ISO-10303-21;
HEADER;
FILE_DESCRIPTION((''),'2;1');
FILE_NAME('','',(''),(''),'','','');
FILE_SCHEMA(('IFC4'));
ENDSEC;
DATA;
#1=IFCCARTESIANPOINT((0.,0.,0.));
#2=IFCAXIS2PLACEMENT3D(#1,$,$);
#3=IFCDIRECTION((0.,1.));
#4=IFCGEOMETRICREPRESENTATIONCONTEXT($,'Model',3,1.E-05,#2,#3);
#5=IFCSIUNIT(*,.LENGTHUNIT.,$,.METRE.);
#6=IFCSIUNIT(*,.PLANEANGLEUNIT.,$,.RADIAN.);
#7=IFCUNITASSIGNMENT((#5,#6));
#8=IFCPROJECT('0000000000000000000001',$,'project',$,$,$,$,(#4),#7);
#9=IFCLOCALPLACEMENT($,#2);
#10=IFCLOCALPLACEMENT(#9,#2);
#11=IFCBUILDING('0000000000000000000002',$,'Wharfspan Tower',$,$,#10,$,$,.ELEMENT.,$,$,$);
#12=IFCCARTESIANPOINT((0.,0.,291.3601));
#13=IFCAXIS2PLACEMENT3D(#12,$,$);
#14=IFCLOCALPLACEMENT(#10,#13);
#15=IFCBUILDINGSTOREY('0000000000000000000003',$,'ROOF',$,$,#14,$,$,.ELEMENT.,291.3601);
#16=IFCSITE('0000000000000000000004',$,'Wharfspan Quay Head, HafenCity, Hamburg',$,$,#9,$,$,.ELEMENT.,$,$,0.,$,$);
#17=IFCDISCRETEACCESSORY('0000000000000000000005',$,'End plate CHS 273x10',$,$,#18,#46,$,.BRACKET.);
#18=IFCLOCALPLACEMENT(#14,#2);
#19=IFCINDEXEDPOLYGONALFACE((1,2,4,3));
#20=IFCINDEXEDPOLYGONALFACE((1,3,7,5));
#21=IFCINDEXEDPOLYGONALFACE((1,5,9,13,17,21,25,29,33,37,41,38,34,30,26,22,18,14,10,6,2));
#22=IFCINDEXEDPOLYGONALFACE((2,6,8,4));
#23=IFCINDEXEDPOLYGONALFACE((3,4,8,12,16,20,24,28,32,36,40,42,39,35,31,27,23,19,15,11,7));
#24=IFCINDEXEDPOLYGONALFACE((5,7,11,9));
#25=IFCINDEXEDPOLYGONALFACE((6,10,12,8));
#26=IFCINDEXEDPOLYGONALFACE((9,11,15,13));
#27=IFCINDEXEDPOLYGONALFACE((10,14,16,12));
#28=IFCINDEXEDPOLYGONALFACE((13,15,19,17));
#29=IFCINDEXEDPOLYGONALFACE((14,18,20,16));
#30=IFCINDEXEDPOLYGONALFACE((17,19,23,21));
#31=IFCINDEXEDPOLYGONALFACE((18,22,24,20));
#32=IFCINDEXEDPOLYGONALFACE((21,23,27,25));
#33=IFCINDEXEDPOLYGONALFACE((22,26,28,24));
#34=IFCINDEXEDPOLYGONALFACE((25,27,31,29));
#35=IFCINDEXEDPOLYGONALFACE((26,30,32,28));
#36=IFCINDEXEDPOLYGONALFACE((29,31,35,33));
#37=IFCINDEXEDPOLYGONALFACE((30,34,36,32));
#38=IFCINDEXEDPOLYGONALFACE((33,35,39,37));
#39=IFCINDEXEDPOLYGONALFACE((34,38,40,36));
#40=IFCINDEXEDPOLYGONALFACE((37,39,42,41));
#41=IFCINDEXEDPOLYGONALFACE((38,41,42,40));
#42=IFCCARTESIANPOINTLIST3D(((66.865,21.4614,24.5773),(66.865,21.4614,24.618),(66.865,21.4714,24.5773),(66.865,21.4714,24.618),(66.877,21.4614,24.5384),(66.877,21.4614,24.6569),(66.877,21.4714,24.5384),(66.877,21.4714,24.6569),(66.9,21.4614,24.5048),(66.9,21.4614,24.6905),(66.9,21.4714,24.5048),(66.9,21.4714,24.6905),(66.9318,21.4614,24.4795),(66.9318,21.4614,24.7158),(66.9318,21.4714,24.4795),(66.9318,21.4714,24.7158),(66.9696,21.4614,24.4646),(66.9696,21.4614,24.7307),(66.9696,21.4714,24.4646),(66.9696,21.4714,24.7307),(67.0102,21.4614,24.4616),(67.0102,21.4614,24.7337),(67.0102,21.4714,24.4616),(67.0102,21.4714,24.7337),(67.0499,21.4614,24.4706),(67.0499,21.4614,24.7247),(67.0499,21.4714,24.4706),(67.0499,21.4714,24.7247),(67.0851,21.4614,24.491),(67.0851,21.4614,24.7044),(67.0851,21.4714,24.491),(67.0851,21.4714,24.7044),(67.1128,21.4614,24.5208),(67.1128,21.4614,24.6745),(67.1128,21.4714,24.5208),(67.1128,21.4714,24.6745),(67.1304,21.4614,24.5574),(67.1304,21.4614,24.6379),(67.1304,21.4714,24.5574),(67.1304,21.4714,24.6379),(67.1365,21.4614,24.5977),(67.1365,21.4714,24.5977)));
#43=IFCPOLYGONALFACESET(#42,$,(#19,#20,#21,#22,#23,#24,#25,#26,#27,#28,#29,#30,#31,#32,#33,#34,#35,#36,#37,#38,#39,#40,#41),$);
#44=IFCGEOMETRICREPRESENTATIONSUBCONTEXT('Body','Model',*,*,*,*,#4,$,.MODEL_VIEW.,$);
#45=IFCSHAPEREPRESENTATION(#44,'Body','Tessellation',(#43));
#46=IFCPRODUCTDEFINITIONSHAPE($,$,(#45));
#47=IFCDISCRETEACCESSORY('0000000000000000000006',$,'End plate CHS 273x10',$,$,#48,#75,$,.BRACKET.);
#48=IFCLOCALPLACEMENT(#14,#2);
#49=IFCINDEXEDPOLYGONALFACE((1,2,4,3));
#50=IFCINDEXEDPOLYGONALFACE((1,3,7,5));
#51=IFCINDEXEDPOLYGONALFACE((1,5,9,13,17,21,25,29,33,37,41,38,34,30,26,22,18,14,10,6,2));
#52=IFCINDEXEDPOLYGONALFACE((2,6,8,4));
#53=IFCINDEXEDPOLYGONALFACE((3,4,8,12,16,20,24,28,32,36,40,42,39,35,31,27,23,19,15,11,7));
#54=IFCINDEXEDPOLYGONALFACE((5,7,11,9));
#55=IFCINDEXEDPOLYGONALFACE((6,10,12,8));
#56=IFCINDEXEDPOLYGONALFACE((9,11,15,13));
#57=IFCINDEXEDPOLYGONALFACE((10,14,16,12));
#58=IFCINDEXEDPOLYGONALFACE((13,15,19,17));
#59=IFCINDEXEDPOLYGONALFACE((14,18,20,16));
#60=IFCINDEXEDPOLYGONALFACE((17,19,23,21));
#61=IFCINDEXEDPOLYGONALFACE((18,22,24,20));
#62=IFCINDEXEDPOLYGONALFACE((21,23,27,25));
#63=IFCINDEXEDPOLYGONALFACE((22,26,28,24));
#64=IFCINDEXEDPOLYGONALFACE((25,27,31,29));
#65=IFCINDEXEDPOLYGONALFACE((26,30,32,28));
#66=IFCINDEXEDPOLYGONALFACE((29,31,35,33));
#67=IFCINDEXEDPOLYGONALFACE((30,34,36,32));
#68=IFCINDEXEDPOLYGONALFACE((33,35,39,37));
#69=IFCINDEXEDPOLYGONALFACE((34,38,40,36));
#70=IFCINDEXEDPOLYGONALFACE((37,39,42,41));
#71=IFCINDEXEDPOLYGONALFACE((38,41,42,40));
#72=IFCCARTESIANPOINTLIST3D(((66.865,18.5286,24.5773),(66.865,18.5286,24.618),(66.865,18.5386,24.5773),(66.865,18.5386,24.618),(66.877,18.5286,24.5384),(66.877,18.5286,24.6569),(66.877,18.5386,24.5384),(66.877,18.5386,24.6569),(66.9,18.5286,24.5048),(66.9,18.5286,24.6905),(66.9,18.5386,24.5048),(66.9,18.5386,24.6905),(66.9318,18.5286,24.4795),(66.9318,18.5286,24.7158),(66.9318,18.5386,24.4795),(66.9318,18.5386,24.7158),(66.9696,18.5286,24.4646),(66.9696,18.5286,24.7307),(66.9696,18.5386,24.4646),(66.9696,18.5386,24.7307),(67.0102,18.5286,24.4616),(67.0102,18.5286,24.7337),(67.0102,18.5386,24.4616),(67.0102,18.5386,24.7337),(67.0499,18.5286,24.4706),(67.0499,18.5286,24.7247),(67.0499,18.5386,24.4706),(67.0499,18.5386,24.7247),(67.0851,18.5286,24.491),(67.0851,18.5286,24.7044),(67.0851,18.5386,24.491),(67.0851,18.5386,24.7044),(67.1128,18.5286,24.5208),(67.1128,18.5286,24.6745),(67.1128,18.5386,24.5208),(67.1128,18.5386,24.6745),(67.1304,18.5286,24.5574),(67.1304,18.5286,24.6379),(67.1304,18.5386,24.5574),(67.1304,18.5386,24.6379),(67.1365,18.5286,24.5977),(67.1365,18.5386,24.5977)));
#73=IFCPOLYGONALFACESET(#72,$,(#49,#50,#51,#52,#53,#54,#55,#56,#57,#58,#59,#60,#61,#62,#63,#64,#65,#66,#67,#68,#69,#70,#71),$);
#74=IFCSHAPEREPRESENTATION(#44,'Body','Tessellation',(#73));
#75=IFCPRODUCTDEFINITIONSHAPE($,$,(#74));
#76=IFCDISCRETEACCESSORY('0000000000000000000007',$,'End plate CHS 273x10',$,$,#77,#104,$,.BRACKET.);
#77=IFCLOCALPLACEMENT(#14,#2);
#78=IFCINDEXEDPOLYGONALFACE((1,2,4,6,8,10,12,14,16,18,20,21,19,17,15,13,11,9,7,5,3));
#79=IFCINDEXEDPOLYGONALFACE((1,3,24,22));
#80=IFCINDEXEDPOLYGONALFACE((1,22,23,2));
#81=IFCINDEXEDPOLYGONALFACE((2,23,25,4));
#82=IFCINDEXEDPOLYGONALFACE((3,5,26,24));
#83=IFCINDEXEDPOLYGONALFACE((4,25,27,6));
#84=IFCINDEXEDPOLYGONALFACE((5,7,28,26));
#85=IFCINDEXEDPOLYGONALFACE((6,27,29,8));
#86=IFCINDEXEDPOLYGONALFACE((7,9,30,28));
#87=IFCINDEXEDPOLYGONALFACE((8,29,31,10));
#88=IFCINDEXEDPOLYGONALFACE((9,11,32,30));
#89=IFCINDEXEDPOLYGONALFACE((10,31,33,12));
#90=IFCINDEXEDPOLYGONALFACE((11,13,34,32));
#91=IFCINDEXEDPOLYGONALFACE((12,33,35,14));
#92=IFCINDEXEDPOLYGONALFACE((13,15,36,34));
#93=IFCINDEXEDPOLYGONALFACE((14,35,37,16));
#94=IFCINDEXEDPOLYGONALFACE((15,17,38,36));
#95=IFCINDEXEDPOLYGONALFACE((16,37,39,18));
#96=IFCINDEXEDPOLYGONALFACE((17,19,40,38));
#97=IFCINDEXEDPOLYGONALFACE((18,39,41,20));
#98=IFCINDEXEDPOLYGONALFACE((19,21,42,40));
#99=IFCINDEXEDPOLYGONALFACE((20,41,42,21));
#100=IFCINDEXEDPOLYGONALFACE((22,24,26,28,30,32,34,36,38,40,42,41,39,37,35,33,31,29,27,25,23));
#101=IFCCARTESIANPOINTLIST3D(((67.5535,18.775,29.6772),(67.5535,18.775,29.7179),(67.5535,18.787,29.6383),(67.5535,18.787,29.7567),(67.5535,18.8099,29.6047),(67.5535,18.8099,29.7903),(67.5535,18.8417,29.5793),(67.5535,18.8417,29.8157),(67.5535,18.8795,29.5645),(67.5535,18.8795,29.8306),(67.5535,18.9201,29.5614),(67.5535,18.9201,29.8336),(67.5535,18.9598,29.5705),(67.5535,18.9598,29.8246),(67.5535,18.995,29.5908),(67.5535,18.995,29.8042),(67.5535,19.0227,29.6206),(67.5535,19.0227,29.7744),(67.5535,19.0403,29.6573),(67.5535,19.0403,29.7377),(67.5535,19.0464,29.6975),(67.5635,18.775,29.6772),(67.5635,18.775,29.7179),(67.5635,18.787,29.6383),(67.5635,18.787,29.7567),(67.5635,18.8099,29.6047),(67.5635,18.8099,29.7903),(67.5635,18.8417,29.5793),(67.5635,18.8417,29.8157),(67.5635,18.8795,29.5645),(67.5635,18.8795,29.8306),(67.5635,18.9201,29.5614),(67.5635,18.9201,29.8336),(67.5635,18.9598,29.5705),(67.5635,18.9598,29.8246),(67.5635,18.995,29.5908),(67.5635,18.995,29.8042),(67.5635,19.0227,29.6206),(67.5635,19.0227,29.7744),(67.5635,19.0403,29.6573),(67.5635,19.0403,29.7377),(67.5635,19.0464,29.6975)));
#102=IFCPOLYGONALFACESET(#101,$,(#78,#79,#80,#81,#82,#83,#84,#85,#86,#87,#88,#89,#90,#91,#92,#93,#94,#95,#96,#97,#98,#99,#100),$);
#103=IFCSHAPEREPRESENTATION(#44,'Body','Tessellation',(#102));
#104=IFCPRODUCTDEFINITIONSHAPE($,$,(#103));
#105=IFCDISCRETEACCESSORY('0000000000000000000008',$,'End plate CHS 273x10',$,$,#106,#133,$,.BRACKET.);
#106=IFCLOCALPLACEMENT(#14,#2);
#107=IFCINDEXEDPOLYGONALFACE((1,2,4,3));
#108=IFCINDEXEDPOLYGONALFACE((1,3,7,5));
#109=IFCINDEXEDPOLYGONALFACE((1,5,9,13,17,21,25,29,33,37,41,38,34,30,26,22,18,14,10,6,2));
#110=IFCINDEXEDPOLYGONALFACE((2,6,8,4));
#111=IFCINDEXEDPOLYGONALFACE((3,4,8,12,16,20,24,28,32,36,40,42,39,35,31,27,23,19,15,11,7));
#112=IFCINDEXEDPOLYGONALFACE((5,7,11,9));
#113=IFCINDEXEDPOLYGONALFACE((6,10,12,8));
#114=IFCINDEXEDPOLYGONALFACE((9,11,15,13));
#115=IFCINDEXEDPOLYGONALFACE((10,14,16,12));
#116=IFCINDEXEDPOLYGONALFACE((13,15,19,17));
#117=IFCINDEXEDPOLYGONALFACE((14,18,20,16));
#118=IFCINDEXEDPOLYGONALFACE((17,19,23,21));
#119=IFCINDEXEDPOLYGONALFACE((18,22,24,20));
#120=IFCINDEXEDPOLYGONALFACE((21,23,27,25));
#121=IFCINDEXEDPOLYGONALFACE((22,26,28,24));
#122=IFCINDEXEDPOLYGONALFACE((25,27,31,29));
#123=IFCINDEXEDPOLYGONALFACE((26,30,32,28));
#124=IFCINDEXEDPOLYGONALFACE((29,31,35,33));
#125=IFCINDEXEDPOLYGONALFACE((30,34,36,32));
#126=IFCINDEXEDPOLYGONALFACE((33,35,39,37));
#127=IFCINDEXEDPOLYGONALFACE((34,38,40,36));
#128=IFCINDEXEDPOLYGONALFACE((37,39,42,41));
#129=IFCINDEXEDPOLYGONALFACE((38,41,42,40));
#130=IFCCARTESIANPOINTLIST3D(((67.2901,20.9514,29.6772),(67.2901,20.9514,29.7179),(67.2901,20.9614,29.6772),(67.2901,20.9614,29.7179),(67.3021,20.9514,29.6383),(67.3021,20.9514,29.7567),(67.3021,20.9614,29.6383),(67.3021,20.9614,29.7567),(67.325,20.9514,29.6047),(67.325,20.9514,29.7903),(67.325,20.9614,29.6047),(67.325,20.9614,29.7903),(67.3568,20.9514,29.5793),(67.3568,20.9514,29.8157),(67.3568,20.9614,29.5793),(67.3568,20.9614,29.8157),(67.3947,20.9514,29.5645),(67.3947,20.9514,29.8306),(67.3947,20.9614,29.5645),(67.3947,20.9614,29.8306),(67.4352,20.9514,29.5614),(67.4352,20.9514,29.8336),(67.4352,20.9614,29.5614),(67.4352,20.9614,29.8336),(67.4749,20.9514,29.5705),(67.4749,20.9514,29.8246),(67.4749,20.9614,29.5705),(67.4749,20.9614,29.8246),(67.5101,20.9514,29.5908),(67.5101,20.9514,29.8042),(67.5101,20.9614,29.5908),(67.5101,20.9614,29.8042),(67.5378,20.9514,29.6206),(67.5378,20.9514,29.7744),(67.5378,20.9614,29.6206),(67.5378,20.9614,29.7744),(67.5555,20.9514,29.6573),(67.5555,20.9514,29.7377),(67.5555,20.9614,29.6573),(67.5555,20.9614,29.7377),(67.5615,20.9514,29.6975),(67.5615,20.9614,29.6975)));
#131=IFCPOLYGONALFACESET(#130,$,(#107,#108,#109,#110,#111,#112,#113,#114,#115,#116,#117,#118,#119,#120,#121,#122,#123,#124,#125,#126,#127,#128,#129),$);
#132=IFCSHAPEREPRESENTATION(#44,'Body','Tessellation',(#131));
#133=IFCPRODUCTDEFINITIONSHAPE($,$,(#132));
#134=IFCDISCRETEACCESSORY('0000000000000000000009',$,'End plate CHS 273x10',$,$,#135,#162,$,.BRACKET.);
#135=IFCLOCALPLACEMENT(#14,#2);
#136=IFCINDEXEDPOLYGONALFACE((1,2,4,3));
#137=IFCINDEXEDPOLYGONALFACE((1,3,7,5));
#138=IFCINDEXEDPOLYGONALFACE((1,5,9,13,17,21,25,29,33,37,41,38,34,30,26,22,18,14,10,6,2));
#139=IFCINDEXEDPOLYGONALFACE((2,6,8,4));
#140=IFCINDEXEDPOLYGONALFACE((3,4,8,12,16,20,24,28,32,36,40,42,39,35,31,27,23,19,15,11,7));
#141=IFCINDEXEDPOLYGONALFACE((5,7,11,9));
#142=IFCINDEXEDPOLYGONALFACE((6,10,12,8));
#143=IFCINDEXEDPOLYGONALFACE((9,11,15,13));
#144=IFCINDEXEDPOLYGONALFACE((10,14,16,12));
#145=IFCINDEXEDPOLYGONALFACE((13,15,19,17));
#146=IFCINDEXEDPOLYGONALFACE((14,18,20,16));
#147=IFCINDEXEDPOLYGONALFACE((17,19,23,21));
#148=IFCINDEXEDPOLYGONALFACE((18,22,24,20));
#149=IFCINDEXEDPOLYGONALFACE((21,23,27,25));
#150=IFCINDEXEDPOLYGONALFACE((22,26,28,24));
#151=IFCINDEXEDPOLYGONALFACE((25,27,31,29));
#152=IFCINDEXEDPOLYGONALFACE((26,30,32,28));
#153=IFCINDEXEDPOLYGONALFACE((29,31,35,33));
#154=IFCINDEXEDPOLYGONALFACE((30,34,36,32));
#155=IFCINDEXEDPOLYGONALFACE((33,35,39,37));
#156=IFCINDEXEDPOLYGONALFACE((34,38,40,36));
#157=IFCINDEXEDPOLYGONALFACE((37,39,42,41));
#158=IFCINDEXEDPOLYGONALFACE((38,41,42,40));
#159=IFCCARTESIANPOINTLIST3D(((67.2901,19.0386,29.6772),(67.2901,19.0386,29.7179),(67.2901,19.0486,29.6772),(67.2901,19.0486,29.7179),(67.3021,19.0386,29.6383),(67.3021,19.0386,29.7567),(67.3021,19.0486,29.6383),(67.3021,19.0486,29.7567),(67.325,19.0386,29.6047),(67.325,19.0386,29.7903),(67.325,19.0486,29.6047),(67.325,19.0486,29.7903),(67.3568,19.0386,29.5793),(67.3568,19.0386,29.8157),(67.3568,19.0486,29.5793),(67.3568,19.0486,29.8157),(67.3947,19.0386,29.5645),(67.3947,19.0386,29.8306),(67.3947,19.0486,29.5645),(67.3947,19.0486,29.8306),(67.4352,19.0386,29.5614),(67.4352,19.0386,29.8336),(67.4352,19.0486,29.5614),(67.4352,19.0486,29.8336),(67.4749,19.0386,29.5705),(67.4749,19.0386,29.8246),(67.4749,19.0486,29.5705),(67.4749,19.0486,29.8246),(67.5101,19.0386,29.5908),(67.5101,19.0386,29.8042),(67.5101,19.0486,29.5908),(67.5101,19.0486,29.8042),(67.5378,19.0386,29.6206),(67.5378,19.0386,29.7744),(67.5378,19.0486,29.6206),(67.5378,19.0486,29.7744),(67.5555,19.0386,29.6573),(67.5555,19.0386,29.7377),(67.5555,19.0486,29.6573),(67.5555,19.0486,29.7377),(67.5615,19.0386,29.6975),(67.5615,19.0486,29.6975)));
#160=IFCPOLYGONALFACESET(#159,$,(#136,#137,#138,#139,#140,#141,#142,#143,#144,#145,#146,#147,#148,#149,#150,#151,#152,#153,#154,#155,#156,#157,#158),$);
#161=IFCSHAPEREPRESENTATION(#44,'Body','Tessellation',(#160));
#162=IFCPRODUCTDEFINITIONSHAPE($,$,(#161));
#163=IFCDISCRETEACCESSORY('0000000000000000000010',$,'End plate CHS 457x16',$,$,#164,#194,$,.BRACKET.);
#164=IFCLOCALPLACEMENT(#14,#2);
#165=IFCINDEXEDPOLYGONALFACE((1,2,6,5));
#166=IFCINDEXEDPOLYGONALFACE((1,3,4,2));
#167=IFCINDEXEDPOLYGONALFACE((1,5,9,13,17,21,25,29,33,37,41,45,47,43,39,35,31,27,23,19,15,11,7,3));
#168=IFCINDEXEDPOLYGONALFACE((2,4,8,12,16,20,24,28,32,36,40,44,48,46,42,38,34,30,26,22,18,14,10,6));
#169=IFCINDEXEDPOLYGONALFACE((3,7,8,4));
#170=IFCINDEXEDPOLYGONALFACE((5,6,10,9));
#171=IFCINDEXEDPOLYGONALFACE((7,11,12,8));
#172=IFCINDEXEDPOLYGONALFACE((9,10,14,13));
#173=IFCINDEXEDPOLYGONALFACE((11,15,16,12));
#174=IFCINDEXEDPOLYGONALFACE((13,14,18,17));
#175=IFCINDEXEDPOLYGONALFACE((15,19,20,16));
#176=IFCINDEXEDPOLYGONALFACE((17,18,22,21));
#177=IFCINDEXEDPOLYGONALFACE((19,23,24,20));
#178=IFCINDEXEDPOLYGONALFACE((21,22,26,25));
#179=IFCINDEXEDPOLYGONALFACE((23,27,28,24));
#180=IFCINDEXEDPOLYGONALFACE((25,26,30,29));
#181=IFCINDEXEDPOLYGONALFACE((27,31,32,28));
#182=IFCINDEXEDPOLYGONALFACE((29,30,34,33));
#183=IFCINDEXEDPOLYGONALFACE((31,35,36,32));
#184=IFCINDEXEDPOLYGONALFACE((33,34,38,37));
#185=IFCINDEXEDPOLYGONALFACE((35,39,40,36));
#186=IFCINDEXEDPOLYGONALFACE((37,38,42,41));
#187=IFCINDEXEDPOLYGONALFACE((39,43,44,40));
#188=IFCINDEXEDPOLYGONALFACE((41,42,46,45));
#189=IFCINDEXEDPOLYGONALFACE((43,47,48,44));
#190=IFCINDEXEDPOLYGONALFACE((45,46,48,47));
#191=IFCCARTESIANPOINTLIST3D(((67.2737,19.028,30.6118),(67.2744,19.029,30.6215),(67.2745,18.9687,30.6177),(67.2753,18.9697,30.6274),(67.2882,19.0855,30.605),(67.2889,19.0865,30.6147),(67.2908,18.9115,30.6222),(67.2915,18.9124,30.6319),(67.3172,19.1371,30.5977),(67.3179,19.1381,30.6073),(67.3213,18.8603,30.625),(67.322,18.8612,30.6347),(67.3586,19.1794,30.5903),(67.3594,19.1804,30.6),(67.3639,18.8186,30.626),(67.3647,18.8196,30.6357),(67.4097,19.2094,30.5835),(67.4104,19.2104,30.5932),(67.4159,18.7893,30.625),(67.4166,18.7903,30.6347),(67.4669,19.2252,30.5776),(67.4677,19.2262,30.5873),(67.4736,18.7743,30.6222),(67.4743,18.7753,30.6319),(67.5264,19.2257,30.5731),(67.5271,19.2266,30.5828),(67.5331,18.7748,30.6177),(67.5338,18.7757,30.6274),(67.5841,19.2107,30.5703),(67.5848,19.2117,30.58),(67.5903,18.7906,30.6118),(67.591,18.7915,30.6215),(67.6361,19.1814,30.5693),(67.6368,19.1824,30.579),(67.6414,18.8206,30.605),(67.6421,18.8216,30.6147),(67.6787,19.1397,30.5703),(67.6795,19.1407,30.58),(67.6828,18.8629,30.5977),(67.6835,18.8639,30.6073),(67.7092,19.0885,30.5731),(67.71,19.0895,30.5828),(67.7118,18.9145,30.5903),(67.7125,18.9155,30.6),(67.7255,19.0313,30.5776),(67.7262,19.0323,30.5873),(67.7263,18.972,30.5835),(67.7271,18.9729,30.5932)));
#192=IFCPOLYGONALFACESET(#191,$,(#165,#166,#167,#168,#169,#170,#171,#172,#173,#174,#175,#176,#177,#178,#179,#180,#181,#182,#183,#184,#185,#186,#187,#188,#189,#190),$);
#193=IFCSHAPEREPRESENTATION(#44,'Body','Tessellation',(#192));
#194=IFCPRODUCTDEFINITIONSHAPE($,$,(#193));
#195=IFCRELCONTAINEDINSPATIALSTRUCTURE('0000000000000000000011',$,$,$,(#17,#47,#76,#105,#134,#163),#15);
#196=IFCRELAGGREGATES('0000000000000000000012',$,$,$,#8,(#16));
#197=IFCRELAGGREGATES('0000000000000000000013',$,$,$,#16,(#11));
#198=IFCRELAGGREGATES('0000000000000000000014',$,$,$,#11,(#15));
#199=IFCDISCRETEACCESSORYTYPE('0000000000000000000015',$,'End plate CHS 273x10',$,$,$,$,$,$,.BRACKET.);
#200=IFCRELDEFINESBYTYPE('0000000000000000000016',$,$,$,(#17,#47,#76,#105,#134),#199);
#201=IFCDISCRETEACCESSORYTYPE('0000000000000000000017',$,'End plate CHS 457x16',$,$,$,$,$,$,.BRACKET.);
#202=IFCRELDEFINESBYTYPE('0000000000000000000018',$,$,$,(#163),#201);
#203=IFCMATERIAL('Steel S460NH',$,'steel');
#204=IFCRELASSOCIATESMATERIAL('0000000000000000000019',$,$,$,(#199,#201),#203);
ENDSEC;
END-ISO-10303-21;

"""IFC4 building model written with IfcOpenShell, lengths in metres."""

from ifc_helpers import new_model, si_unit, direction, frame, origin, origin_2d, place, context, subcontext, project, spatial, circle, extrude, material, material_profile, profile_set, type_object, element, save


model = new_model("IFC4")

# Units and contexts
model_context = context("Model", 3, precision=1e-05, world=origin(), true_north=direction((0.0, 1.0)))
body_context = subcontext(model_context, "Body", "Model", "MODEL_VIEW")
ifc_project = project(units=[si_unit("LENGTHUNIT", "METRE"), si_unit("PLANEANGLEUNIT", "RADIAN")], contexts=[model_context])

# Site, building, storey
site_placement = place(None, origin())
site = spatial("IfcSite", under=ifc_project, at=site_placement, Name="Wharfspan Quay Head, HafenCity, Hamburg", CompositionType="ELEMENT", RefElevation=0.0)
building_placement = place(site_placement, origin())
building = spatial("IfcBuilding", under=site, at=building_placement, Name="Wharfspan Tower", CompositionType="ELEMENT")
storey_placement = place(building_placement, frame((0.0, 0.0, 291.3601)))
storey = spatial("IfcBuildingStorey", under=building, at=storey_placement, Name="ROOF", CompositionType="ELEMENT", Elevation=291.3601)

# Shared definitions
ifc_material = material(Name="Steel S460NH", Category="steel")

# Discrete accessories
ifc_material_profile_1 = material_profile(ifc_material, circle(Radius=0.1365, at=origin_2d()))
ifc_profile_set_1 = profile_set([ifc_material_profile_1], Name="Steel S460NH")
discrete_accessory_type_1 = type_object("IfcDiscreteAccessoryType", Name="End plate CHS 273x10", PredefinedType="BRACKET", material=ifc_profile_set_1)
for number, where, z_axis, x_axis, name in (
    (1, (67.0, 21.4714, 24.5977), (0.0, -1.0, 0.0), (1.0, 0.0, 0.0), "End plate CHS 273x10"),
    (2, (67.0, 18.5386, 24.5977), (0.0, -1.0, 0.0), (1.0, 0.0, 0.0), "End plate CHS 273x10"),
    (3, (67.5535, 18.9099, 29.6975), (1.0, 0.0, 0.0), (0.0, 1.0, 0.0), "End plate CHS 273x10"),
    (4, (67.425, 20.9614, 29.6975), (0.0, -1.0, 0.0), (1.0, 0.0, 0.0), "End plate CHS 273x10"),
    (5, (67.425, 19.0486, 29.6975), (0.0, -1.0, 0.0), (1.0, 0.0, 0.0), "End plate CHS 273x10"),
):
    element("IfcDiscreteAccessory", number, at=place(storey_placement, frame(where, z_axis=z_axis, x_axis=x_axis)), inside=storey, type_object=discrete_accessory_type_1, Name=name, PredefinedType="BRACKET", context=body_context, shape_type="SweptSolid", body=[
        extrude(circle(Radius=0.1365, at=origin_2d()), origin(), (0.0, 0.0, 1.0), 0.01),
    ])
ifc_material_profile_2 = material_profile(ifc_material, circle(Radius=0.2285, at=origin_2d()))
ifc_profile_set_2 = profile_set([ifc_material_profile_2], Name="Steel S460NH")
discrete_accessory_type_2 = type_object("IfcDiscreteAccessoryType", Name="End plate CHS 457x16", PredefinedType="BRACKET", material=ifc_profile_set_2)
for number, where, z_axis, x_axis, name in (
    (6, (67.5, 19.0, 30.5977), (0.074421, 0.099228, 0.992278), (-0.8, 0.6, 0.0), "End plate CHS 457x16"),
):
    element("IfcDiscreteAccessory", number, at=place(storey_placement, frame(where, z_axis=z_axis, x_axis=x_axis)), inside=storey, type_object=discrete_accessory_type_2, Name=name, PredefinedType="BRACKET", context=body_context, shape_type="SweptSolid", body=[
        extrude(circle(Radius=0.2285, at=origin_2d()), origin(), (0.0, 0.0, 1.0), 0.0098),
    ])

save(model, "model.ifc")
